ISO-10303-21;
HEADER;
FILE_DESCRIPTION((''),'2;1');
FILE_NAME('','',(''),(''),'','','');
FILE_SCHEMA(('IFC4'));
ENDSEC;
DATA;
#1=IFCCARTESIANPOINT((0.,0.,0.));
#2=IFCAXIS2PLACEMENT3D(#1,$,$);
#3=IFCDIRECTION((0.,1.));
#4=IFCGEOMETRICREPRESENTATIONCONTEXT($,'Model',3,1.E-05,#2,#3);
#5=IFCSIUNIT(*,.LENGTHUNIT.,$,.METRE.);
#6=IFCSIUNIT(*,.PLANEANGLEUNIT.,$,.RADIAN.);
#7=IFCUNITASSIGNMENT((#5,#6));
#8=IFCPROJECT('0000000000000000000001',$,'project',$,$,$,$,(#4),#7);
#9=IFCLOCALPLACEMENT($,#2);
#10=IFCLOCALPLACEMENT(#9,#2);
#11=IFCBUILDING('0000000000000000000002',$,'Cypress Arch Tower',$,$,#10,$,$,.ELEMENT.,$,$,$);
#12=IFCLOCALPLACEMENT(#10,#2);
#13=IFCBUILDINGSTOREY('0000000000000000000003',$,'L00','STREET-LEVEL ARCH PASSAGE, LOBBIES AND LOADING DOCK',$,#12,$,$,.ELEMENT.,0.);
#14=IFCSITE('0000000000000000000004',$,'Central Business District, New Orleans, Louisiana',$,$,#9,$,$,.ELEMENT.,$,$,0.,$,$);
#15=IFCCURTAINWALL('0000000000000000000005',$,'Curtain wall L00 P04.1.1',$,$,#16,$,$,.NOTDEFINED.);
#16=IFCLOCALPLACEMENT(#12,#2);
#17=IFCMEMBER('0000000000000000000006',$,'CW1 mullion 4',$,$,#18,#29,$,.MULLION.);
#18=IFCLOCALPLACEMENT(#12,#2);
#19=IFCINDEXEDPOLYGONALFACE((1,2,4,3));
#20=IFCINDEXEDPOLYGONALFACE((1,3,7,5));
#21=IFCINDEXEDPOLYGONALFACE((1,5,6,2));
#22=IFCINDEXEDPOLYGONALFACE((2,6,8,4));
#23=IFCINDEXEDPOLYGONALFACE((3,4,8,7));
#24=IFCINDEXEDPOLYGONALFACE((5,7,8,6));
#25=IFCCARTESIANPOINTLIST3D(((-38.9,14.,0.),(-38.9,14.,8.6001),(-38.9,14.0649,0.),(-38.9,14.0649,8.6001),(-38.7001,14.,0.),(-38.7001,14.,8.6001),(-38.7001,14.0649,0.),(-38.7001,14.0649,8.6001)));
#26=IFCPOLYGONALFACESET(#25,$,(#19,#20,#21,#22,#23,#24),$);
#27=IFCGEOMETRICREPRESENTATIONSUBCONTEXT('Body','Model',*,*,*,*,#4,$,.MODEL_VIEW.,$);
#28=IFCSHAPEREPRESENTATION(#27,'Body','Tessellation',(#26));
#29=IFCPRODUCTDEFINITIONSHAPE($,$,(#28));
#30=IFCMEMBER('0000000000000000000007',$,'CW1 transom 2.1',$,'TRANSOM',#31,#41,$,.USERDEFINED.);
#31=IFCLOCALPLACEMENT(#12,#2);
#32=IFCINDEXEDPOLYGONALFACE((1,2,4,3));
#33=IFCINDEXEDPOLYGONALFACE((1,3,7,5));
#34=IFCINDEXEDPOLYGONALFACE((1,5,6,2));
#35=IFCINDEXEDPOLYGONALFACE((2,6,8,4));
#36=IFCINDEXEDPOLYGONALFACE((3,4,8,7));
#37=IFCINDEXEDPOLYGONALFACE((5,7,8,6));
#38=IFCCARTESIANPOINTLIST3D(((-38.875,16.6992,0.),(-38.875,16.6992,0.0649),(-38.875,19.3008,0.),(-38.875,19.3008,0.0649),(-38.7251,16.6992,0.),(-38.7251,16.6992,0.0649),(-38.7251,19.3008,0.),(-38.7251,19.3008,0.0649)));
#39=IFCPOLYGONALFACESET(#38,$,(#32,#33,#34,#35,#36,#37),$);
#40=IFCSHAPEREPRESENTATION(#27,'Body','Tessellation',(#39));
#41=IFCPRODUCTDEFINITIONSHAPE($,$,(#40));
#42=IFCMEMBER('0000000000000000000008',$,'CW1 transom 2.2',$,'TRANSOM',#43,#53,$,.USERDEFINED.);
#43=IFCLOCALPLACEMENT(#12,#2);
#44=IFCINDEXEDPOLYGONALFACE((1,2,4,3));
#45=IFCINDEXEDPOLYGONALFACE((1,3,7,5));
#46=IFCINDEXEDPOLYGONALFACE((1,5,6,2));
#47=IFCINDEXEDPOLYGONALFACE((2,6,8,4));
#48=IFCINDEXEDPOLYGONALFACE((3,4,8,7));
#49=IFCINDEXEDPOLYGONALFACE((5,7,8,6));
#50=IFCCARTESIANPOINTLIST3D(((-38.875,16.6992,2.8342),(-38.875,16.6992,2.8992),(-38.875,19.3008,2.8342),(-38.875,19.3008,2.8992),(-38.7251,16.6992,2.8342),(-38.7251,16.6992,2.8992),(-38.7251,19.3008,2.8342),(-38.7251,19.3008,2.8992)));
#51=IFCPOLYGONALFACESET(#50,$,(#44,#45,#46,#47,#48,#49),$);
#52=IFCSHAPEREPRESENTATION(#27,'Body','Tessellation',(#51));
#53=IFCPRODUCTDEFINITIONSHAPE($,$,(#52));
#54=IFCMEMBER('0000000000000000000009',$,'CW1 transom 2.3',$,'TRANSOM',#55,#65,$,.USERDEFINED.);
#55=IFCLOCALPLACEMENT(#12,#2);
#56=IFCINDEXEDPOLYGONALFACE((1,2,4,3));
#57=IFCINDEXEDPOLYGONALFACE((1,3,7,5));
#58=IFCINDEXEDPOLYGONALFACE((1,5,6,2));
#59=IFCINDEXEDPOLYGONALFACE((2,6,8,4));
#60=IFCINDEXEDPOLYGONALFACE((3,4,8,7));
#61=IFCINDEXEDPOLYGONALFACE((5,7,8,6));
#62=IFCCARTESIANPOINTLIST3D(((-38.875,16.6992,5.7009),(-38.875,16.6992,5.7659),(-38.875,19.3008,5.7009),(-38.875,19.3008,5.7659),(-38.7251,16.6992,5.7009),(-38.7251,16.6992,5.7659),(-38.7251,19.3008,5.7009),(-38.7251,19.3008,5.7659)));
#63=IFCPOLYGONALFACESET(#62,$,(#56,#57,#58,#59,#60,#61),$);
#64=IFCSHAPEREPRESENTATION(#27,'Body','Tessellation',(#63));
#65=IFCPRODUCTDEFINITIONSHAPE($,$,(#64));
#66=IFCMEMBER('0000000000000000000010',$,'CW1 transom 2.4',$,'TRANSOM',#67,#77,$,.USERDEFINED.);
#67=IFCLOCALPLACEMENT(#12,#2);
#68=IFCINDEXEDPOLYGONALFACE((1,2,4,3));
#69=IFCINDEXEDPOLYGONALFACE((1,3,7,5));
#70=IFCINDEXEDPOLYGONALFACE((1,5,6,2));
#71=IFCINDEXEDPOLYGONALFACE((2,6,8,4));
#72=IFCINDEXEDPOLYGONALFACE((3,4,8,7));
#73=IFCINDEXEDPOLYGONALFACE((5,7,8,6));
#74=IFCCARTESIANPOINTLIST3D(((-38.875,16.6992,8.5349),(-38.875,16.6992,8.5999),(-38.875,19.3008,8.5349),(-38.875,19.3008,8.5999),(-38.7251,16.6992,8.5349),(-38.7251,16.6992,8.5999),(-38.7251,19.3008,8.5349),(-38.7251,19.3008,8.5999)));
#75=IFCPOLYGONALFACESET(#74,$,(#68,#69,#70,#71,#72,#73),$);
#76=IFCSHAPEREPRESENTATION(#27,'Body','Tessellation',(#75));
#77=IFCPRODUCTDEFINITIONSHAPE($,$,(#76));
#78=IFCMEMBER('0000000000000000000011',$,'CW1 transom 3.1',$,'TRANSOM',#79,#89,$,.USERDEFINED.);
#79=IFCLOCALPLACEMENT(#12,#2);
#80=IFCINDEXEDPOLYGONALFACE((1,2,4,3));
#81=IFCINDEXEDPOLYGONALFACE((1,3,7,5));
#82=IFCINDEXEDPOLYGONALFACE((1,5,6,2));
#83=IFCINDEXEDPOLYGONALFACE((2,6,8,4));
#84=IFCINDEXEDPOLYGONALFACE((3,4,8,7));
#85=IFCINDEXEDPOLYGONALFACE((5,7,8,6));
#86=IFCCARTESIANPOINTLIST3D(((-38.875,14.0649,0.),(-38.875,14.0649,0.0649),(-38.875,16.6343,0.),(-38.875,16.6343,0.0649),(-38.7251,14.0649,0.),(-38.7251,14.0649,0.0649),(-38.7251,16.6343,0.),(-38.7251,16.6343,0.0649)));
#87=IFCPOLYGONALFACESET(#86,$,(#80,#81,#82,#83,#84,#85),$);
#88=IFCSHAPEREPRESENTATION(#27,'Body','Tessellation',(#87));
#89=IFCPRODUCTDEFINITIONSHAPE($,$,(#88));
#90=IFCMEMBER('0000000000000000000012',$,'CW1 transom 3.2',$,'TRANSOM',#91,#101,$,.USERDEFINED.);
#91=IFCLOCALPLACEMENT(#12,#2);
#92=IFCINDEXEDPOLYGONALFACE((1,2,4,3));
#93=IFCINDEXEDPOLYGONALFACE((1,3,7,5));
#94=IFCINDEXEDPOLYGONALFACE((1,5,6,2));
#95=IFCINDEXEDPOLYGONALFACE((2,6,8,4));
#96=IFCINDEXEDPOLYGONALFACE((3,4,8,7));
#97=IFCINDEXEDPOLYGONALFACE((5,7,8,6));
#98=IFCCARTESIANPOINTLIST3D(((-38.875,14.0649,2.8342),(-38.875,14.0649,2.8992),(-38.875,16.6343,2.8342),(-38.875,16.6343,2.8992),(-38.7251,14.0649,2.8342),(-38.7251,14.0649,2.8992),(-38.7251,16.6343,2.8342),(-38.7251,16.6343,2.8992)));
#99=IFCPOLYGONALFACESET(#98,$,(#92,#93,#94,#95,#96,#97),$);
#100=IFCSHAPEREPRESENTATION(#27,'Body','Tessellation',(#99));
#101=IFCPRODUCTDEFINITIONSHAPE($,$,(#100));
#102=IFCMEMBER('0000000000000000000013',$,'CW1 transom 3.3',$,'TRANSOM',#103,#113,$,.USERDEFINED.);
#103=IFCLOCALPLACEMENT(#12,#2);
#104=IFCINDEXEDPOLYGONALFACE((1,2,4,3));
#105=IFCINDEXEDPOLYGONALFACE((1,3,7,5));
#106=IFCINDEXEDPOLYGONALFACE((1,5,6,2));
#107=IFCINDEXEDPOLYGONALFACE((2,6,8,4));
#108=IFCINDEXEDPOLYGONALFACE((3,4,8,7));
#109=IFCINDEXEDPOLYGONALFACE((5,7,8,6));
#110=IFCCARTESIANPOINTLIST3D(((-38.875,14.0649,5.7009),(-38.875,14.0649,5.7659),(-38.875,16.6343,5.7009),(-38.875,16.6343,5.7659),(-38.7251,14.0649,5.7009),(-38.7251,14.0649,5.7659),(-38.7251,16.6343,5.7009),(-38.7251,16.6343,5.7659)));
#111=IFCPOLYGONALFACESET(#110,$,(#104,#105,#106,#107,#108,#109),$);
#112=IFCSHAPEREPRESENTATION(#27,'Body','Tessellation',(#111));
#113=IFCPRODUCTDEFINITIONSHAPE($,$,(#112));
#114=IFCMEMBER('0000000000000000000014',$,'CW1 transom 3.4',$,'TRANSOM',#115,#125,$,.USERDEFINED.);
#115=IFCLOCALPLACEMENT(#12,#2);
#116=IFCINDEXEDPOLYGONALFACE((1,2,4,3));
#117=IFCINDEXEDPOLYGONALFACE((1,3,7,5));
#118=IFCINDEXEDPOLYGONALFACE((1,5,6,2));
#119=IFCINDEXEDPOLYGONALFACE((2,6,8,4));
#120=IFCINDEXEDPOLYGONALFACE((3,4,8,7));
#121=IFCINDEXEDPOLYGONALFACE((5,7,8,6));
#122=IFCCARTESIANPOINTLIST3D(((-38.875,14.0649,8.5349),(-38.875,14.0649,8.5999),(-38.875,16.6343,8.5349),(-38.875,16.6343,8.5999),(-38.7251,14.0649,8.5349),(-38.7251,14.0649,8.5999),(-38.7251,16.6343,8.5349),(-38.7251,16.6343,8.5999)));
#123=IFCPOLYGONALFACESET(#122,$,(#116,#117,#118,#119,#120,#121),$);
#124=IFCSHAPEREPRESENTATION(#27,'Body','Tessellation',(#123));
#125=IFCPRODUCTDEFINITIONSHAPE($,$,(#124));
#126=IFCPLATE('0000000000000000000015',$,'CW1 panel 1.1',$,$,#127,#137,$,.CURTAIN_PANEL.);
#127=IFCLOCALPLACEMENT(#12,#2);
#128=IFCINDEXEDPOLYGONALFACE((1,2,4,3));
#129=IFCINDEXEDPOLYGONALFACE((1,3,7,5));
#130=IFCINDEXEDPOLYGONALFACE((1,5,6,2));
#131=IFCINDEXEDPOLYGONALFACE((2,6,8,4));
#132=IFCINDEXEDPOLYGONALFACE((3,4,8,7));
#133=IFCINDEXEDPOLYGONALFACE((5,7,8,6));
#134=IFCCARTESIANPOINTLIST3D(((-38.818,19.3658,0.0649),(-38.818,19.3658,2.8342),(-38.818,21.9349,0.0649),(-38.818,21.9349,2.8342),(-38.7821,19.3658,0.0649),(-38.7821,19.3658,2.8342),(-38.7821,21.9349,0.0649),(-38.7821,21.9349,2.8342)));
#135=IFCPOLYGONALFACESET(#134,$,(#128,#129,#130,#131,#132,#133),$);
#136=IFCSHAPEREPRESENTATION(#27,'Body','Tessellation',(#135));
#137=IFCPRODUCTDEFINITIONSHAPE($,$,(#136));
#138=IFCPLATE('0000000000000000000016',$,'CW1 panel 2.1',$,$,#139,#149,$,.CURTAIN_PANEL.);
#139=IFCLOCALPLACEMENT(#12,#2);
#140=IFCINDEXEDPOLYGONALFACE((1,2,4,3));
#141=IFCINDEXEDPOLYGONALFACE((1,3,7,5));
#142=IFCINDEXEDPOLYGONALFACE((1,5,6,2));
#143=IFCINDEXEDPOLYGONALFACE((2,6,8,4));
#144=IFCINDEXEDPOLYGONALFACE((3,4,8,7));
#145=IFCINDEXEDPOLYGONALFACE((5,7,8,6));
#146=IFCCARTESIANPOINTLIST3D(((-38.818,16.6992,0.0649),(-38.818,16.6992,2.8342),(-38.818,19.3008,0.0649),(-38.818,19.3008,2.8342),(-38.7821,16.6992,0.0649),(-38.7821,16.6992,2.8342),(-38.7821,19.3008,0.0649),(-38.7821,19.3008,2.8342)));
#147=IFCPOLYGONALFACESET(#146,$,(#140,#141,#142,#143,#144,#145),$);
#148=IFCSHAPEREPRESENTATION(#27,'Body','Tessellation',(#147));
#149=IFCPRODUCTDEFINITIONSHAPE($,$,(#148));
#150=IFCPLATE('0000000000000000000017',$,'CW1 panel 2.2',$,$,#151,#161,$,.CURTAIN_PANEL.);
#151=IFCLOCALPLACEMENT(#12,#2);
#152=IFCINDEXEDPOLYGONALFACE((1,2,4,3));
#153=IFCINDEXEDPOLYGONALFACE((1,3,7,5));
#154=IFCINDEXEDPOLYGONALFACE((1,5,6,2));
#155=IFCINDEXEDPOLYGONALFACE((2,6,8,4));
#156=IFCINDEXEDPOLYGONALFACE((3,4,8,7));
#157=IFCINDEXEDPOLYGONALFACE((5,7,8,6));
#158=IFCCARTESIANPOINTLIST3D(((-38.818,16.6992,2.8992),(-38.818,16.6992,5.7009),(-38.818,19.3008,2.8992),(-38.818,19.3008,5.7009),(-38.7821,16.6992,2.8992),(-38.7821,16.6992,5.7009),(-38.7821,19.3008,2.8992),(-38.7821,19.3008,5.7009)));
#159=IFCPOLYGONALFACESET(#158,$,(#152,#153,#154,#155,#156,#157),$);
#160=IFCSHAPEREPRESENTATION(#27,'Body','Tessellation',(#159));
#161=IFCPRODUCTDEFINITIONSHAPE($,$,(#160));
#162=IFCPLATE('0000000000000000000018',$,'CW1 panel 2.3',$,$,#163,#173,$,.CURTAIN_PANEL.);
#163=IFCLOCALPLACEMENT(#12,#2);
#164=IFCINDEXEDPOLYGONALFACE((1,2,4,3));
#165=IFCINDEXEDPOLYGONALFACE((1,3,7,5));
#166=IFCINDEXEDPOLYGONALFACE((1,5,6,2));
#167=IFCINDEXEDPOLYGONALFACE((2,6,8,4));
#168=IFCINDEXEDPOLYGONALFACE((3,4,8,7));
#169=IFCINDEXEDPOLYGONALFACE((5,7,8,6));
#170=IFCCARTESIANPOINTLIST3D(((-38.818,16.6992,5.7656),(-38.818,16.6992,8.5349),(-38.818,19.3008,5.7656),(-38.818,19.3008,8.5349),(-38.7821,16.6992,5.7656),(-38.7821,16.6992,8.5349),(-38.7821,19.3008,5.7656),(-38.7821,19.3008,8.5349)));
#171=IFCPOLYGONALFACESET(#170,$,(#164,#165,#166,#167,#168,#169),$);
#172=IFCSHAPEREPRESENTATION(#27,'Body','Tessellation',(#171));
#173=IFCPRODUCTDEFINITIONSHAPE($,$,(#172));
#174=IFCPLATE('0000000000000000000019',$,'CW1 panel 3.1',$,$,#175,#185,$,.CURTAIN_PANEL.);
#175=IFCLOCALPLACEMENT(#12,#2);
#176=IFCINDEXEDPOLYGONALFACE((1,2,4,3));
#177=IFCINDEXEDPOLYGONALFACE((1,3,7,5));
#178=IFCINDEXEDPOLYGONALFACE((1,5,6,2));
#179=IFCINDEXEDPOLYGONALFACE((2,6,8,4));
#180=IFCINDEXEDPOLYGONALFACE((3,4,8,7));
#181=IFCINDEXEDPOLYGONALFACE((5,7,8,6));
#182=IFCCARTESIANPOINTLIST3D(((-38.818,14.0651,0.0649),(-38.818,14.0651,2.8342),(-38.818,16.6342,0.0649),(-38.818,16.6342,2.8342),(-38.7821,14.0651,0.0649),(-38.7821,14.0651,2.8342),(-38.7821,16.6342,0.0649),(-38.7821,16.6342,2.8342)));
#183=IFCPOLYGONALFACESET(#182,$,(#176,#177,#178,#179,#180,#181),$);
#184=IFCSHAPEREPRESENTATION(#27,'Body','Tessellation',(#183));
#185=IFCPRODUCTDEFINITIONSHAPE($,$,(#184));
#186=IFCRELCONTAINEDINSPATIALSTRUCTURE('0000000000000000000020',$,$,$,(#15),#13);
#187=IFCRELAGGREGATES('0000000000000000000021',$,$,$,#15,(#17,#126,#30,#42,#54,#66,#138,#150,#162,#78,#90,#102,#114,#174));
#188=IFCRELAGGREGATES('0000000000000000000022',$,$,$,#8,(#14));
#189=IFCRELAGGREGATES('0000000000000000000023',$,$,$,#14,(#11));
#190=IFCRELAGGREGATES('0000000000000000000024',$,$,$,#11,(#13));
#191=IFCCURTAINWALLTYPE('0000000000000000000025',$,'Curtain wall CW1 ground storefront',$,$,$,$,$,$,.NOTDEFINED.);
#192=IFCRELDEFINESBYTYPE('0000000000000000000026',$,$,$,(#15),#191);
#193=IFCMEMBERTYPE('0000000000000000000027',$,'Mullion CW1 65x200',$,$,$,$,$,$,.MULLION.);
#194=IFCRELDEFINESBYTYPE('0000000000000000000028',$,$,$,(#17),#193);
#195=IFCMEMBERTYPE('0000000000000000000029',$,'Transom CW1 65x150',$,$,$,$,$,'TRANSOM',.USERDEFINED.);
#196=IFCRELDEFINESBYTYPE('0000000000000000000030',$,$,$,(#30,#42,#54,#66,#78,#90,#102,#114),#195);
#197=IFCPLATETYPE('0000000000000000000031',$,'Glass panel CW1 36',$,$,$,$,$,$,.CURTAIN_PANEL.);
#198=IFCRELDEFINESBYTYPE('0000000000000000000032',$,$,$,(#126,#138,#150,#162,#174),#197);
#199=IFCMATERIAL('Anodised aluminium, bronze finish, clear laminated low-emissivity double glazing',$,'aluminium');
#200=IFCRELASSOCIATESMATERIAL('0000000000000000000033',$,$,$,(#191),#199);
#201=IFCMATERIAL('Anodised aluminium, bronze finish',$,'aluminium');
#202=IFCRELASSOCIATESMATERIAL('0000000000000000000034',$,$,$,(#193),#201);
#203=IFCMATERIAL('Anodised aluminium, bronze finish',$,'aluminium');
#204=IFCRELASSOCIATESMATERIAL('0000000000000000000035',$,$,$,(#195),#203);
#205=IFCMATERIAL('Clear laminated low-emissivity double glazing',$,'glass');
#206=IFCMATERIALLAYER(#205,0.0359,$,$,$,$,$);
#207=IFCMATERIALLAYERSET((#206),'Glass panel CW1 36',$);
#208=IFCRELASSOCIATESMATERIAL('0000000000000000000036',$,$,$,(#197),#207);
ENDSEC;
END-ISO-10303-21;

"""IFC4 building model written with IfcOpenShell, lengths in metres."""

from ifc_helpers import new_model, si_unit, direction, frame, origin, origin_2d, place, context, subcontext, project, spatial, rectangle, extrude, material, layer, layer_set, material_profile, profile_set, type_object, element, aggregate, save


model = new_model("IFC4")

# Units and contexts
model_context = context("Model", 3, precision=1e-05, world=origin(), true_north=direction((0.0, 1.0)))
body_context = subcontext(model_context, "Body", "Model", "MODEL_VIEW")
ifc_project = project(units=[si_unit("LENGTHUNIT", "METRE"), si_unit("PLANEANGLEUNIT", "RADIAN")], contexts=[model_context])

# Site, building, storey
site_placement = place(None, origin())
site = spatial("IfcSite", under=ifc_project, at=site_placement, Name="Central Business District, New Orleans, Louisiana", CompositionType="ELEMENT", RefElevation=0.0)
building_placement = place(site_placement, origin())
building = spatial("IfcBuilding", under=site, at=building_placement, Name="Cypress Arch Tower", CompositionType="ELEMENT")
storey_placement = place(building_placement, origin())
storey = spatial("IfcBuildingStorey", under=building, at=storey_placement, Name="L00", Description="STREET-LEVEL ARCH PASSAGE, LOBBIES AND LOADING DOCK", CompositionType="ELEMENT", Elevation=0.0)

# Curtain wall, members, plates
ifc_material_1 = material(Name="Anodised aluminium, bronze finish, clear laminated low-emissivity double glazing", Category="aluminium")
curtain_wall_type = type_object("IfcCurtainWallType", Name="Curtain wall CW1 ground storefront", PredefinedType="NOTDEFINED", material=ifc_material_1)
curtain_wall_placement = place(storey_placement, origin())
curtain_wall = element("IfcCurtainWall", 1, at=curtain_wall_placement, inside=storey, type_object=curtain_wall_type, Name="Curtain wall L00 P04.1.1", PredefinedType="NOTDEFINED")
ifc_material_2 = material(Name="Anodised aluminium, bronze finish", Category="aluminium")
ifc_material_profile_1 = material_profile(ifc_material_2, rectangle(XDim=0.2, YDim=0.0649, at=origin_2d()), Name="Mullion 65x200")
ifc_profile_set_1 = profile_set([ifc_material_profile_1], Name="Anodised aluminium, bronze finish")
member_type_1 = type_object("IfcMemberType", Name="Mullion CW1 65x200", PredefinedType="MULLION", material=ifc_profile_set_1)
member_1_placement = place(storey_placement, frame((-38.8, 14.0325, 0.0), z_axis=(0.0, 0.0, 1.0), x_axis=(1.0, 0.0, 0.0)))
member_1 = element("IfcMember", 2, at=member_1_placement, type_object=member_type_1, Name="CW1 mullion 4", PredefinedType="MULLION", context=body_context, shape_type="SweptSolid", body=[
    extrude(rectangle(XDim=0.2, YDim=0.0649, at=origin_2d()), origin(), (0.0, 0.0, 1.0), 8.6001),
])
ifc_material_3 = material(Name="Anodised aluminium, bronze finish", Category="aluminium")
ifc_material_profile_2 = material_profile(ifc_material_3, rectangle(XDim=0.1499, YDim=0.0649, at=origin_2d()), Name="Transom 65x150")
ifc_profile_set_2 = profile_set([ifc_material_profile_2], Name="Anodised aluminium, bronze finish")
member_type_2 = type_object("IfcMemberType", Name="Transom CW1 65x150", ElementType="TRANSOM", PredefinedType="USERDEFINED", material=ifc_profile_set_2)
member_2_placement = place(storey_placement, frame((-38.8, 19.3008, 0.0325), z_axis=(0.0, -1.0, 0.0), x_axis=(1.0, 0.0, 0.0)))
member_2 = element("IfcMember", 3, at=member_2_placement, type_object=member_type_2, Name="CW1 transom 2.1", ObjectType="TRANSOM", PredefinedType="USERDEFINED", context=body_context, shape_type="SweptSolid", body=[
    extrude(rectangle(XDim=0.1499, YDim=0.0649, at=origin_2d()), origin(), (0.0, 0.0, 1.0), 2.6016),
])
member_3_placement = place(storey_placement, frame((-38.8, 19.3008, 2.8667), z_axis=(0.0, -1.0, 0.0), x_axis=(1.0, 0.0, 0.0)))
member_3 = element("IfcMember", 4, at=member_3_placement, type_object=member_type_2, Name="CW1 transom 2.2", ObjectType="TRANSOM", PredefinedType="USERDEFINED", context=body_context, shape_type="SweptSolid", body=[
    extrude(rectangle(XDim=0.1499, YDim=0.0649, at=origin_2d()), origin(), (0.0, 0.0, 1.0), 2.6016),
])
member_4_placement = place(storey_placement, frame((-38.8, 19.3008, 5.7334), z_axis=(0.0, -1.0, 0.0), x_axis=(1.0, 0.0, 0.0)))
member_4 = element("IfcMember", 5, at=member_4_placement, type_object=member_type_2, Name="CW1 transom 2.3", ObjectType="TRANSOM", PredefinedType="USERDEFINED", context=body_context, shape_type="SweptSolid", body=[
    extrude(rectangle(XDim=0.1499, YDim=0.0649, at=origin_2d()), origin(), (0.0, 0.0, 1.0), 2.6016),
])
member_5_placement = place(storey_placement, frame((-38.8, 19.3008, 8.5674), z_axis=(0.0, -1.0, 0.0), x_axis=(1.0, 0.0, 0.0)))
member_5 = element("IfcMember", 6, at=member_5_placement, type_object=member_type_2, Name="CW1 transom 2.4", ObjectType="TRANSOM", PredefinedType="USERDEFINED", context=body_context, shape_type="SweptSolid", body=[
    extrude(rectangle(XDim=0.1499, YDim=0.0649, at=origin_2d()), origin(), (0.0, 0.0, 1.0), 2.6016),
])
member_6_placement = place(storey_placement, frame((-38.8, 16.6343, 0.0325), z_axis=(0.0, -1.0, 0.0), x_axis=(1.0, 0.0, 0.0)))
member_6 = element("IfcMember", 7, at=member_6_placement, type_object=member_type_2, Name="CW1 transom 3.1", ObjectType="TRANSOM", PredefinedType="USERDEFINED", context=body_context, shape_type="SweptSolid", body=[
    extrude(rectangle(XDim=0.1499, YDim=0.0649, at=origin_2d()), origin(), (0.0, 0.0, 1.0), 2.5693),
])
member_7_placement = place(storey_placement, frame((-38.8, 16.6343, 2.8667), z_axis=(0.0, -1.0, 0.0), x_axis=(1.0, 0.0, 0.0)))
member_7 = element("IfcMember", 8, at=member_7_placement, type_object=member_type_2, Name="CW1 transom 3.2", ObjectType="TRANSOM", PredefinedType="USERDEFINED", context=body_context, shape_type="SweptSolid", body=[
    extrude(rectangle(XDim=0.1499, YDim=0.0649, at=origin_2d()), origin(), (0.0, 0.0, 1.0), 2.5693),
])
member_8_placement = place(storey_placement, frame((-38.8, 16.6343, 5.7334), z_axis=(0.0, -1.0, 0.0), x_axis=(1.0, 0.0, 0.0)))
member_8 = element("IfcMember", 9, at=member_8_placement, type_object=member_type_2, Name="CW1 transom 3.3", ObjectType="TRANSOM", PredefinedType="USERDEFINED", context=body_context, shape_type="SweptSolid", body=[
    extrude(rectangle(XDim=0.1499, YDim=0.0649, at=origin_2d()), origin(), (0.0, 0.0, 1.0), 2.5693),
])
member_9_placement = place(storey_placement, frame((-38.8, 16.6343, 8.5674), z_axis=(0.0, -1.0, 0.0), x_axis=(1.0, 0.0, 0.0)))
member_9 = element("IfcMember", 10, at=member_9_placement, type_object=member_type_2, Name="CW1 transom 3.4", ObjectType="TRANSOM", PredefinedType="USERDEFINED", context=body_context, shape_type="SweptSolid", body=[
    extrude(rectangle(XDim=0.1499, YDim=0.0649, at=origin_2d()), origin(), (0.0, 0.0, 1.0), 2.5693),
])
ifc_material_4 = material(Name="Clear laminated low-emissivity double glazing", Category="glass")
ifc_layer_1 = layer(ifc_material_4, 0.0359)
ifc_layer_set_1 = layer_set([ifc_layer_1], Name="Glass panel CW1 36")
plate_type = type_object("IfcPlateType", Name="Glass panel CW1 36", PredefinedType="CURTAIN_PANEL", material=ifc_layer_set_1)
plate_1_placement = place(storey_placement, frame((-38.8, 20.6504, 0.0649), z_axis=(0.0, 0.0, 1.0), x_axis=(0.0, -1.0, 0.0)))
plate_1 = element("IfcPlate", 11, at=plate_1_placement, type_object=plate_type, Name="CW1 panel 1.1", PredefinedType="CURTAIN_PANEL", context=body_context, shape_type="SweptSolid", body=[
    extrude(rectangle(XDim=2.5691, YDim=0.0359, at=origin_2d()), origin(), (0.0, 0.0, 1.0), 2.7693),
])
plate_2_placement = place(storey_placement, frame((-38.8, 18.0, 0.0649), z_axis=(0.0, 0.0, 1.0), x_axis=(0.0, -1.0, 0.0)))
plate_2 = element("IfcPlate", 12, at=plate_2_placement, type_object=plate_type, Name="CW1 panel 2.1", PredefinedType="CURTAIN_PANEL", context=body_context, shape_type="SweptSolid", body=[
    extrude(rectangle(XDim=2.6016, YDim=0.0359, at=origin_2d()), origin(), (0.0, 0.0, 1.0), 2.7693),
])
plate_3_placement = place(storey_placement, frame((-38.8, 18.0, 2.8992), z_axis=(0.0, 0.0, 1.0), x_axis=(0.0, -1.0, 0.0)))
plate_3 = element("IfcPlate", 13, at=plate_3_placement, type_object=plate_type, Name="CW1 panel 2.2", PredefinedType="CURTAIN_PANEL", context=body_context, shape_type="SweptSolid", body=[
    extrude(rectangle(XDim=2.6016, YDim=0.0359, at=origin_2d()), origin(), (0.0, 0.0, 1.0), 2.8018),
])
plate_4_placement = place(storey_placement, frame((-38.8, 18.0, 5.7656), z_axis=(0.0, 0.0, 1.0), x_axis=(0.0, -1.0, 0.0)))
plate_4 = element("IfcPlate", 14, at=plate_4_placement, type_object=plate_type, Name="CW1 panel 2.3", PredefinedType="CURTAIN_PANEL", context=body_context, shape_type="SweptSolid", body=[
    extrude(rectangle(XDim=2.6016, YDim=0.0359, at=origin_2d()), origin(), (0.0, 0.0, 1.0), 2.7693),
])
plate_5_placement = place(storey_placement, frame((-38.8, 15.3496, 0.0649), z_axis=(0.0, 0.0, 1.0), x_axis=(0.0, -1.0, 0.0)))
plate_5 = element("IfcPlate", 15, at=plate_5_placement, type_object=plate_type, Name="CW1 panel 3.1", PredefinedType="CURTAIN_PANEL", context=body_context, shape_type="SweptSolid", body=[
    extrude(rectangle(XDim=2.5691, YDim=0.0359, at=origin_2d()), origin(), (0.0, 0.0, 1.0), 2.7693),
])
aggregate(curtain_wall, [member_1, plate_1, member_2, member_3, member_4, member_5, plate_2, plate_3, plate_4, member_6, member_7, member_8, member_9, plate_5])

save(model, "model.ifc")
